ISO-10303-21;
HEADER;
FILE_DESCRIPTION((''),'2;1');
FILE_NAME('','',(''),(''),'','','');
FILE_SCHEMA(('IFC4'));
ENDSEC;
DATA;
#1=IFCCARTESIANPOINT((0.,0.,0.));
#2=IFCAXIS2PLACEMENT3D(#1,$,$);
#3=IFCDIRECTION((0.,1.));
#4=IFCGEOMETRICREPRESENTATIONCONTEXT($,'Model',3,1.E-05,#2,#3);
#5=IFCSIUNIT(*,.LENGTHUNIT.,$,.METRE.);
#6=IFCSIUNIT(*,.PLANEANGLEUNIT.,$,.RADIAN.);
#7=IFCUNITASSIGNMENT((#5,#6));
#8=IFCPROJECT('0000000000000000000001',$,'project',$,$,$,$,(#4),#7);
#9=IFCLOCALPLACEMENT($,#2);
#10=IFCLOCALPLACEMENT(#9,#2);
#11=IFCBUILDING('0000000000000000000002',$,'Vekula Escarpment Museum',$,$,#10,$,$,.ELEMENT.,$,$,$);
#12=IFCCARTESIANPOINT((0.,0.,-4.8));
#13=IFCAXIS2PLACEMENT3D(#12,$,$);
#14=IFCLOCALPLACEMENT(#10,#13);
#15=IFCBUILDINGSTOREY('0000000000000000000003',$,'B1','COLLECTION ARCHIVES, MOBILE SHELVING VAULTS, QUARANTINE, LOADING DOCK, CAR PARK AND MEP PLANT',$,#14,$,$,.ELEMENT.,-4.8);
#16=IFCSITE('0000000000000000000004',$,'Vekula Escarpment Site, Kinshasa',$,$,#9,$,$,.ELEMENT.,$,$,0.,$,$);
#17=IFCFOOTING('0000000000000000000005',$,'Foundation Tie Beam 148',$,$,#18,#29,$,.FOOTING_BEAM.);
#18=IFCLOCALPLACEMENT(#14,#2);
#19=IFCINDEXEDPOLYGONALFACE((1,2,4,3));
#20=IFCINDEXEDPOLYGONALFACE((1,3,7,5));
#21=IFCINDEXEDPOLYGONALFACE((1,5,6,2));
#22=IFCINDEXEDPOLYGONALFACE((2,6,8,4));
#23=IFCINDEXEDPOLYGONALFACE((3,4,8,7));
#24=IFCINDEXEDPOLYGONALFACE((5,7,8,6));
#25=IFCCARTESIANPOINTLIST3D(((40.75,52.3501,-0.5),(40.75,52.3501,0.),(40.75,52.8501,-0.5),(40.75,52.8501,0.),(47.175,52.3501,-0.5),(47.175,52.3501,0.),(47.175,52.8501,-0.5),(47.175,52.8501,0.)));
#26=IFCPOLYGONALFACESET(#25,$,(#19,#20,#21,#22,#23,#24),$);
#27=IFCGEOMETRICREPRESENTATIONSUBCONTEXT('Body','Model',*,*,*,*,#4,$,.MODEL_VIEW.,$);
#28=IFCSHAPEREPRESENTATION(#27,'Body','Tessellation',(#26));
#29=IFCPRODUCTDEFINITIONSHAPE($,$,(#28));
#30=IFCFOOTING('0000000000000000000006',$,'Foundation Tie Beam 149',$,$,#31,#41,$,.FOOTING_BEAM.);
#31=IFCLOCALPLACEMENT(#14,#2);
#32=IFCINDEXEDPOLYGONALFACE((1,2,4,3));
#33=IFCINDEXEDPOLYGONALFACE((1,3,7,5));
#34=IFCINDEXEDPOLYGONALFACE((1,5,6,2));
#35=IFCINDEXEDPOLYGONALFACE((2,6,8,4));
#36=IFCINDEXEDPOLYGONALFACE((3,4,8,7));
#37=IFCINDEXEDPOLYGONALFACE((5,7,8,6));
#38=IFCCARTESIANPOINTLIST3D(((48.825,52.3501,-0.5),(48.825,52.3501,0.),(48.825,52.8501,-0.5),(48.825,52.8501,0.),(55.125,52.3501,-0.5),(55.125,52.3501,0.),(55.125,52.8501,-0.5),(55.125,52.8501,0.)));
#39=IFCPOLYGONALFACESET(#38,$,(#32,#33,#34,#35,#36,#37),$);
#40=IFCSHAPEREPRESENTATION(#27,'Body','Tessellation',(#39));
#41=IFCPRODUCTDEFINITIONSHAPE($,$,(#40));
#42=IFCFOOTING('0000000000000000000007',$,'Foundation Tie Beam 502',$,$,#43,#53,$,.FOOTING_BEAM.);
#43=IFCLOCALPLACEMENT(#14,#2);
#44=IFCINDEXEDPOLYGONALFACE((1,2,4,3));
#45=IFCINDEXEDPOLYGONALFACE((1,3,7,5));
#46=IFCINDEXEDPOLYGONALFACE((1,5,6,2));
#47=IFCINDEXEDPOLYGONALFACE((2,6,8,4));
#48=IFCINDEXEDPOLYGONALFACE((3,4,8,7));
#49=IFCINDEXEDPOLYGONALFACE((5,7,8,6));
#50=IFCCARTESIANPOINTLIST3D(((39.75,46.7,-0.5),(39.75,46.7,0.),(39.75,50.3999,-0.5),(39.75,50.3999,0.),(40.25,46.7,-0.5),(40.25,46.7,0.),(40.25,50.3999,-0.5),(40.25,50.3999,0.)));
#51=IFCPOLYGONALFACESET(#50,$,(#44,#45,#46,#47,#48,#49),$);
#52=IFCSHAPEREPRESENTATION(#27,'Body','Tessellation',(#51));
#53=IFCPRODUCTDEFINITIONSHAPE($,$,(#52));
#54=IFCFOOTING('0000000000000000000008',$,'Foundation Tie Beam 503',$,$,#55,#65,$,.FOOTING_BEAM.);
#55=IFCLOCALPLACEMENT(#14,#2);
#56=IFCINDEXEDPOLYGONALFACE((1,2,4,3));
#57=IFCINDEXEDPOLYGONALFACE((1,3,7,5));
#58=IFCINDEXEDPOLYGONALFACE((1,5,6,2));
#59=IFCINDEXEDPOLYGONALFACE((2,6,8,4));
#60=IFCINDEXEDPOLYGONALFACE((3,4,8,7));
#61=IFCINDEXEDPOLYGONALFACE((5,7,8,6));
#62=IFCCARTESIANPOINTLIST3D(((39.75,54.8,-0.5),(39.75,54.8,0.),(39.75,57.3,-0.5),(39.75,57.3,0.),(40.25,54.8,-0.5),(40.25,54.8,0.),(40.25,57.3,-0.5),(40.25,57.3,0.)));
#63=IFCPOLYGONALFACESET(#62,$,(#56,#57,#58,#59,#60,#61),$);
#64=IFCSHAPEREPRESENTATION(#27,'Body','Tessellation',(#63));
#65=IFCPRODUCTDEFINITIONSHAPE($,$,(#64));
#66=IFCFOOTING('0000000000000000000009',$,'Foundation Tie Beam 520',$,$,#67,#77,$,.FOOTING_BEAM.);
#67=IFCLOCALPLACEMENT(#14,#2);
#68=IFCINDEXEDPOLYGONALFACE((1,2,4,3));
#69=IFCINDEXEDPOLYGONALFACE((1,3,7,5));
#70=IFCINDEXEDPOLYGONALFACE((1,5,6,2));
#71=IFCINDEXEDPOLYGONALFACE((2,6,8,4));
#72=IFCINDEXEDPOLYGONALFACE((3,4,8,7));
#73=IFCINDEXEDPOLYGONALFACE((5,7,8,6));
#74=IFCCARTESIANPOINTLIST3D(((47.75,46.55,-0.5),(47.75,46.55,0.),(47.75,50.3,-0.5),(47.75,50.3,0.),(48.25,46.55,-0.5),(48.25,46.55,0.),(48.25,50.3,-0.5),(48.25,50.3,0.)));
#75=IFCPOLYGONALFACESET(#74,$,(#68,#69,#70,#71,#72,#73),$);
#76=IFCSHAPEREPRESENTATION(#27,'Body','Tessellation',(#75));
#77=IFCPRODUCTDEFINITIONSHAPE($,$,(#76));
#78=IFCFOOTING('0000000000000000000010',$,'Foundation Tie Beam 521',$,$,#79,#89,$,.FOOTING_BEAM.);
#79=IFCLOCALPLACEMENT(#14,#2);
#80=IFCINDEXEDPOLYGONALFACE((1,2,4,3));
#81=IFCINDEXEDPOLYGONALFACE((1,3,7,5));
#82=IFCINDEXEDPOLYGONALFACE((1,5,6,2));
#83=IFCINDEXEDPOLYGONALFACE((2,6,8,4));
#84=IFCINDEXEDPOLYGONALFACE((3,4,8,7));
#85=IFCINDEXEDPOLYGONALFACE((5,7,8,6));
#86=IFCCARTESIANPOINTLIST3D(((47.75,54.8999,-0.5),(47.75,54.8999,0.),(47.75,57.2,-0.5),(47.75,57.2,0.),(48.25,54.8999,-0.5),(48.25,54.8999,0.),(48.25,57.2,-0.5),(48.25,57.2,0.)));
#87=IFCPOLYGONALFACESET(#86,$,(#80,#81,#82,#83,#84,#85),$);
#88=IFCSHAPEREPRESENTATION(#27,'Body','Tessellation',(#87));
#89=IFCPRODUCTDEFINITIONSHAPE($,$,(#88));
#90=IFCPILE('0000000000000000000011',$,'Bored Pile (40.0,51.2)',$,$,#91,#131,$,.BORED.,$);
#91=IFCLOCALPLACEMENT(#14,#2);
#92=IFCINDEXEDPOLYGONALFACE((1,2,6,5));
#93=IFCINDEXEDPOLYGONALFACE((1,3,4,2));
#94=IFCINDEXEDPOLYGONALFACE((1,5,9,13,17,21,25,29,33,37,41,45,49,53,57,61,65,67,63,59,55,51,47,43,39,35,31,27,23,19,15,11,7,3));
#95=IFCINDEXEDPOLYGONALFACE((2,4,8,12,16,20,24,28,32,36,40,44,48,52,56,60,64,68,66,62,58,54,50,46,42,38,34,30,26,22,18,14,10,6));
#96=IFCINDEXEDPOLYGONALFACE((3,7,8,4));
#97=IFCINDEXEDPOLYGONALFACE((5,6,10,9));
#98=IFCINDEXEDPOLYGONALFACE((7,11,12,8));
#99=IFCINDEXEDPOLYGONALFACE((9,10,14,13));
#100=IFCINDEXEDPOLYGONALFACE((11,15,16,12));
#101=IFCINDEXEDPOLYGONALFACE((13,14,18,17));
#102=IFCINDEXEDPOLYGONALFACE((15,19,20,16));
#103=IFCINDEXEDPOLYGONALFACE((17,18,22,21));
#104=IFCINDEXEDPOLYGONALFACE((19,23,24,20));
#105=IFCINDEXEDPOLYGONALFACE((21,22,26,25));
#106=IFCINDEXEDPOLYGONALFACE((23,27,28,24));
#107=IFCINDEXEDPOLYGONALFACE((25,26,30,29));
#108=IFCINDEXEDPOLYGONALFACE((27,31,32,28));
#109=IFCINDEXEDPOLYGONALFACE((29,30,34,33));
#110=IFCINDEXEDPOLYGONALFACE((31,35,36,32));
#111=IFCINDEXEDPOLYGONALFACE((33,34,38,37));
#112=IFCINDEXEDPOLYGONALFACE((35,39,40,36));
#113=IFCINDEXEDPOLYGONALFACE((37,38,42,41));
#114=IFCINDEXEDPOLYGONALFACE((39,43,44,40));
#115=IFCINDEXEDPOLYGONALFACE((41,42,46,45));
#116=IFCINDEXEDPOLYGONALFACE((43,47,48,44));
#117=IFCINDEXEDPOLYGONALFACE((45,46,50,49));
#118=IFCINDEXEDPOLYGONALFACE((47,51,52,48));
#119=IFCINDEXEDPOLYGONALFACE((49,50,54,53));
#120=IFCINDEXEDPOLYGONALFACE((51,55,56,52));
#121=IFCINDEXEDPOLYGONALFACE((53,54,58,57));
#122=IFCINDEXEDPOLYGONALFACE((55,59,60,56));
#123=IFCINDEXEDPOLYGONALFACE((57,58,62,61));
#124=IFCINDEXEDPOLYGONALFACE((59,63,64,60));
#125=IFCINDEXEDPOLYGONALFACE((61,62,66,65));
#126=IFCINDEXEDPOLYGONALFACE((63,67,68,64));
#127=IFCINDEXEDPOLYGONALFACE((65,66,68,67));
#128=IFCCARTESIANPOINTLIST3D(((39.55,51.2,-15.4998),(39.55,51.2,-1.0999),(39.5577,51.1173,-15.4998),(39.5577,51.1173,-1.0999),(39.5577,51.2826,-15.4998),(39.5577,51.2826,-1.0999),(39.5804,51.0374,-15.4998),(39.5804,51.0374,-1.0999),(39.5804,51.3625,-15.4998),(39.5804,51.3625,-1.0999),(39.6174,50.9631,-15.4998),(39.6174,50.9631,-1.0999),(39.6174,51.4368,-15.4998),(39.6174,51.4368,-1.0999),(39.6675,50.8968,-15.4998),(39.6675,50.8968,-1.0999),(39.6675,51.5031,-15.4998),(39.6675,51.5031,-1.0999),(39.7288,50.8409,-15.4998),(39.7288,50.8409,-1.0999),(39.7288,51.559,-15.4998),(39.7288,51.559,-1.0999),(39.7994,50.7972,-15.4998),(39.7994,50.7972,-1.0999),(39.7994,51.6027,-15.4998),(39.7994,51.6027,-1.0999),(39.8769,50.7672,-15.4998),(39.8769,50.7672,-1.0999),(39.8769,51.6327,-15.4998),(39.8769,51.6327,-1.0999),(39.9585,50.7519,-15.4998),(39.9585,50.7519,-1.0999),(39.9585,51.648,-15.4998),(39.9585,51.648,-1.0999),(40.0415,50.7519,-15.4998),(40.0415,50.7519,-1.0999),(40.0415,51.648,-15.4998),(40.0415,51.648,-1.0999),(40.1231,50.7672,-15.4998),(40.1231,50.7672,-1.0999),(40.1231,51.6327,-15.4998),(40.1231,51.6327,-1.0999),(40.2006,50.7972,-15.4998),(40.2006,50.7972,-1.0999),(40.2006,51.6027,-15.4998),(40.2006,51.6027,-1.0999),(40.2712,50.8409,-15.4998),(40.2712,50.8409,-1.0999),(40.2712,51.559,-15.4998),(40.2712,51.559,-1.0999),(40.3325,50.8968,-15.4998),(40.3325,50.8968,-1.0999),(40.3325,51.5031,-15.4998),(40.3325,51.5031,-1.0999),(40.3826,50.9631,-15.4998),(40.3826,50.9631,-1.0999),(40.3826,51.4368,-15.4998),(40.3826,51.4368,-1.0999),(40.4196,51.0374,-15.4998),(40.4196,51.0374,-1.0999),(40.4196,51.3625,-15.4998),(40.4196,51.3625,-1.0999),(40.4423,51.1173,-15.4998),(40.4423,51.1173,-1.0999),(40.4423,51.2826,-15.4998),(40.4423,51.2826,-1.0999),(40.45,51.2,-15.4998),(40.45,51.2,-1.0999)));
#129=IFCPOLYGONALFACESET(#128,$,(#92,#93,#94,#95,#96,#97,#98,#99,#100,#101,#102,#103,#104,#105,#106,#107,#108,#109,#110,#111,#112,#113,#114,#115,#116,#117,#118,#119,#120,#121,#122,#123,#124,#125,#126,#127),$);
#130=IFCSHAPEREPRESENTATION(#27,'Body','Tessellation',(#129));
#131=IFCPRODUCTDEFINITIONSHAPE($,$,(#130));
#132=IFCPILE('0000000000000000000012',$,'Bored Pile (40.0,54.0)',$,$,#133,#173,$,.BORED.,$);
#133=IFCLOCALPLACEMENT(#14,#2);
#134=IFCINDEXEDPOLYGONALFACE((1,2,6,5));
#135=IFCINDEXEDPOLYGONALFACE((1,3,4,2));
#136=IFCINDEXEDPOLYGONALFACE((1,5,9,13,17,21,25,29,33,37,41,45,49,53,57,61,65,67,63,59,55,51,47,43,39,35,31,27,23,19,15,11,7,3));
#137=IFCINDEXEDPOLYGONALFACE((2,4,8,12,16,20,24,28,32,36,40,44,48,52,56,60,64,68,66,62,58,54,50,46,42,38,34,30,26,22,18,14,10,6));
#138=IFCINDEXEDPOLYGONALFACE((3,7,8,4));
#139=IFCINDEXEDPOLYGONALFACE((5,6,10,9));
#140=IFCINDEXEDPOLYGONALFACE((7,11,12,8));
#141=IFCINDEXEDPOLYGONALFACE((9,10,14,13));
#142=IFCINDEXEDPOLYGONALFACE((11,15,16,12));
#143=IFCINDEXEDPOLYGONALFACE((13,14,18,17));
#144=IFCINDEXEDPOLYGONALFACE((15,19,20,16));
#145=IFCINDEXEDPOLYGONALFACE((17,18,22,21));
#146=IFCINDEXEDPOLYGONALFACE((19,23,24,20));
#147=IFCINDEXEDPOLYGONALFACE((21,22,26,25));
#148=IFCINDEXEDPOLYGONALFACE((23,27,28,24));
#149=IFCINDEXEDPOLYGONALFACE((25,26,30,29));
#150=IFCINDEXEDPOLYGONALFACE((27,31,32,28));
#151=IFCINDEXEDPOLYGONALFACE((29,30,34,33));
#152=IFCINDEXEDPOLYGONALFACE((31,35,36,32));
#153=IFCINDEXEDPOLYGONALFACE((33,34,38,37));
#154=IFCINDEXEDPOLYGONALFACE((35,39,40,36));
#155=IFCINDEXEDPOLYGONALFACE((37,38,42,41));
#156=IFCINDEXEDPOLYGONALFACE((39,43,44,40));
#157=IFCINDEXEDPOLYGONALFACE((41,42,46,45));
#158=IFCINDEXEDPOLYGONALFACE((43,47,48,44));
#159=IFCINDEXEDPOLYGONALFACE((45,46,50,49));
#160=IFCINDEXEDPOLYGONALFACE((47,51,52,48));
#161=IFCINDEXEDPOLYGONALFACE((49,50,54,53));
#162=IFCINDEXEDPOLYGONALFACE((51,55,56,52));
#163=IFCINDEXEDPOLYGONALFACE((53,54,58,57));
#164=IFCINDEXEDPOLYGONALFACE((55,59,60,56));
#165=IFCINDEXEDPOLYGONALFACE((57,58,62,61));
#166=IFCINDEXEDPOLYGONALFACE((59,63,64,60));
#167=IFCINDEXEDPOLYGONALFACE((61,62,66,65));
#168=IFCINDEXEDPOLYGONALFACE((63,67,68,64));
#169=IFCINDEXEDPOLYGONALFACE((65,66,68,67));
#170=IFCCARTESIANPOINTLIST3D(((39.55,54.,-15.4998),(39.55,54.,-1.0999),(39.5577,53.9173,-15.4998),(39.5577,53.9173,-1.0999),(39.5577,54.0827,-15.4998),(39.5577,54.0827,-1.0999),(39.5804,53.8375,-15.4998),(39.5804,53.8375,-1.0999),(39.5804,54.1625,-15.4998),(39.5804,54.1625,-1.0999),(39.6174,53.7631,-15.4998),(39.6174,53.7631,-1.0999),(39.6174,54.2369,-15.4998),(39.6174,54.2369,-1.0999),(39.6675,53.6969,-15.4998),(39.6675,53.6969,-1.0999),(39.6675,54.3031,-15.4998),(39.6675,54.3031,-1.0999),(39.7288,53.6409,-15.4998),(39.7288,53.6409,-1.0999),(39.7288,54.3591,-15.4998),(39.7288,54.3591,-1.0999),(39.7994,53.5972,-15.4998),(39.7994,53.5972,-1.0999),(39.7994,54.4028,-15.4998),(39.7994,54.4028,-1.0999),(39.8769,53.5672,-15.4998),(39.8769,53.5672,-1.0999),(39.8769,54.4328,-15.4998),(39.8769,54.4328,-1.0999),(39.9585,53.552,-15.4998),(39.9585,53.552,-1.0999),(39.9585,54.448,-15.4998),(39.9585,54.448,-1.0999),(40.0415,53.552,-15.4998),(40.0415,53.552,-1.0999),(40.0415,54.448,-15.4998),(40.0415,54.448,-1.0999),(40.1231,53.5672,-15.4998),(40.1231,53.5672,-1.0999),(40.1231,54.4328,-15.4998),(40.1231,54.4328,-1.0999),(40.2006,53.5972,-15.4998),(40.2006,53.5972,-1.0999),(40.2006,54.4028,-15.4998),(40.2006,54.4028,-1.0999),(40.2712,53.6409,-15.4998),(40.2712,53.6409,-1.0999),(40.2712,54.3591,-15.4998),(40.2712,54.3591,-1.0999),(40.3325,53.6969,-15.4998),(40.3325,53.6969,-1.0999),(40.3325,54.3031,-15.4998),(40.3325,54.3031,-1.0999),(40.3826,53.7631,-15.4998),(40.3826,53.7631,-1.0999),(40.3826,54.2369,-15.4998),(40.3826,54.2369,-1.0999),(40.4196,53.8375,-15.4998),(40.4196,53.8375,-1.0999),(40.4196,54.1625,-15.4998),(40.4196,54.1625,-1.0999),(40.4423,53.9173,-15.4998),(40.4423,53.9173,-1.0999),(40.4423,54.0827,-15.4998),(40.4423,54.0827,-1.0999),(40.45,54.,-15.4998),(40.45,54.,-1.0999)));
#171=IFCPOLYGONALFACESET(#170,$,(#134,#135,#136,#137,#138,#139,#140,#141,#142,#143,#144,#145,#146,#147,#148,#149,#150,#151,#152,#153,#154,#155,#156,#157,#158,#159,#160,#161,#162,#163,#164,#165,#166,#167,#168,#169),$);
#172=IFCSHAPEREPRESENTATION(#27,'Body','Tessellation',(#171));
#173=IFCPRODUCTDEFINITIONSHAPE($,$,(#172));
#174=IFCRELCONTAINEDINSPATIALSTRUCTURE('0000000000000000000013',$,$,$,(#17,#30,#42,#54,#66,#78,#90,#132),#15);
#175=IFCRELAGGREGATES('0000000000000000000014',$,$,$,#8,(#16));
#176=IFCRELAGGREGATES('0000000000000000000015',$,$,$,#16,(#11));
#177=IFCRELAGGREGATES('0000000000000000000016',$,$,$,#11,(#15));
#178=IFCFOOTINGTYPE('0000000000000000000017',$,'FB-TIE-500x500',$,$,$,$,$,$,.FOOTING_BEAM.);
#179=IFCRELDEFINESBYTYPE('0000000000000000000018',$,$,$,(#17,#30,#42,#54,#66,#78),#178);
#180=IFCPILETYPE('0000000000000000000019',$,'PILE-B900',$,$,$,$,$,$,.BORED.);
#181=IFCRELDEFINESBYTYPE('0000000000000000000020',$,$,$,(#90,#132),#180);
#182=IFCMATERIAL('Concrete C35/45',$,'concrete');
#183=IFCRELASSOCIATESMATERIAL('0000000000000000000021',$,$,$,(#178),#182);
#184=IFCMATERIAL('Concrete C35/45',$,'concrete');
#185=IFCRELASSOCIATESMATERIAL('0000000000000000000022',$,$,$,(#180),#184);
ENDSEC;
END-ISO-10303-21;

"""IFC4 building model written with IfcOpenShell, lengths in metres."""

from ifc_helpers import new_model, si_unit, direction, frame, origin, origin_2d, place, context, subcontext, project, spatial, rectangle, circle, extrude, material, material_profile, profile_set, type_object, element, save


model = new_model("IFC4")

# Units and contexts
model_context = context("Model", 3, precision=1e-05, world=origin(), true_north=direction((0.0, 1.0)))
body_context = subcontext(model_context, "Body", "Model", "MODEL_VIEW")
ifc_project = project(units=[si_unit("LENGTHUNIT", "METRE"), si_unit("PLANEANGLEUNIT", "RADIAN")], contexts=[model_context])

# Site, building, storey
site_placement = place(None, origin())
site = spatial("IfcSite", under=ifc_project, at=site_placement, Name="Vekula Escarpment Site, Kinshasa", CompositionType="ELEMENT", RefElevation=0.0)
building_placement = place(site_placement, origin())
building = spatial("IfcBuilding", under=site, at=building_placement, Name="Vekula Escarpment Museum", CompositionType="ELEMENT")
storey_placement = place(building_placement, frame((0.0, 0.0, -4.8)))
storey = spatial("IfcBuildingStorey", under=building, at=storey_placement, Name="B1", Description="COLLECTION ARCHIVES, MOBILE SHELVING VAULTS, QUARANTINE, LOADING DOCK, CAR PARK AND MEP PLANT", CompositionType="ELEMENT", Elevation=-4.8)

# Footings
ifc_material_1 = material(Name="Concrete C35/45", Category="concrete")
ifc_material_profile_1 = material_profile(ifc_material_1, rectangle(XDim=0.5, YDim=0.5, at=origin_2d()), Name="RC 500x500")
ifc_profile_set_1 = profile_set([ifc_material_profile_1], Name="Concrete C35/45")
footing_type = type_object("IfcFootingType", Name="FB-TIE-500x500", PredefinedType="FOOTING_BEAM", material=ifc_profile_set_1)
footing_1_placement = place(storey_placement, frame((40.75, 52.6001, -0.25), z_axis=(1.0, 0.0, 0.0), x_axis=(0.0, 1.0, 0.0)))
element("IfcFooting", 1, at=footing_1_placement, inside=storey, type_object=footing_type, Name="Foundation Tie Beam 148", PredefinedType="FOOTING_BEAM", context=body_context, shape_type="SweptSolid", body=[
    extrude(rectangle(XDim=0.5, YDim=0.5, at=origin_2d()), origin(), (0.0, 0.0, 1.0), 6.425),
])
footing_2_placement = place(storey_placement, frame((48.825, 52.6001, -0.25), z_axis=(1.0, 0.0, 0.0), x_axis=(0.0, 1.0, 0.0)))
element("IfcFooting", 2, at=footing_2_placement, inside=storey, type_object=footing_type, Name="Foundation Tie Beam 149", PredefinedType="FOOTING_BEAM", context=body_context, shape_type="SweptSolid", body=[
    extrude(rectangle(XDim=0.5, YDim=0.5, at=origin_2d()), origin(), (0.0, 0.0, 1.0), 6.3),
])
footing_3_placement = place(storey_placement, frame((40.0, 46.7, -0.25), z_axis=(0.0, 1.0, 0.0), x_axis=(-1.0, 0.0, 0.0)))
element("IfcFooting", 3, at=footing_3_placement, inside=storey, type_object=footing_type, Name="Foundation Tie Beam 502", PredefinedType="FOOTING_BEAM", context=body_context, shape_type="SweptSolid", body=[
    extrude(rectangle(XDim=0.5, YDim=0.5, at=origin_2d()), origin(), (0.0, 0.0, 1.0), 3.7),
])
footing_4_placement = place(storey_placement, frame((40.0, 54.8, -0.25), z_axis=(0.0, 1.0, 0.0), x_axis=(-1.0, 0.0, 0.0)))
element("IfcFooting", 4, at=footing_4_placement, inside=storey, type_object=footing_type, Name="Foundation Tie Beam 503", PredefinedType="FOOTING_BEAM", context=body_context, shape_type="SweptSolid", body=[
    extrude(rectangle(XDim=0.5, YDim=0.5, at=origin_2d()), origin(), (0.0, 0.0, 1.0), 2.5),
])
footing_5_placement = place(storey_placement, frame((48.0, 46.55, -0.25), z_axis=(0.0, 1.0, 0.0), x_axis=(-1.0, 0.0, 0.0)))
element("IfcFooting", 5, at=footing_5_placement, inside=storey, type_object=footing_type, Name="Foundation Tie Beam 520", PredefinedType="FOOTING_BEAM", context=body_context, shape_type="SweptSolid", body=[
    extrude(rectangle(XDim=0.5, YDim=0.5, at=origin_2d()), origin(), (0.0, 0.0, 1.0), 3.75),
])
footing_6_placement = place(storey_placement, frame((48.0, 54.8999, -0.25), z_axis=(0.0, 1.0, 0.0), x_axis=(-1.0, 0.0, 0.0)))
element("IfcFooting", 6, at=footing_6_placement, inside=storey, type_object=footing_type, Name="Foundation Tie Beam 521", PredefinedType="FOOTING_BEAM", context=body_context, shape_type="SweptSolid", body=[
    extrude(rectangle(XDim=0.5, YDim=0.5, at=origin_2d()), origin(), (0.0, 0.0, 1.0), 2.3),
])

# Piles
ifc_material_2 = material(Name="Concrete C35/45", Category="concrete")
ifc_material_profile_2 = material_profile(ifc_material_2, circle(Radius=0.45, at=origin_2d()), Name="BORED PILE 900")
ifc_profile_set_2 = profile_set([ifc_material_profile_2], Name="Concrete C35/45")
pile_type = type_object("IfcPileType", Name="PILE-B900", PredefinedType="BORED", material=ifc_profile_set_2)
for number, where, z_axis, x_axis, name in (
    (7, (40.0, 51.2, -1.0999), (0.0, 0.0, -1.0), (1.0, 0.0, 0.0), "Bored Pile (40.0,51.2)"),
    (8, (40.0, 54.0, -1.0999), (0.0, 0.0, -1.0), (1.0, 0.0, 0.0), "Bored Pile (40.0,54.0)"),
):
    element("IfcPile", number, at=place(storey_placement, frame(where, z_axis=z_axis, x_axis=x_axis)), inside=storey, type_object=pile_type, Name=name, PredefinedType="BORED", context=body_context, shape_type="SweptSolid", body=[
        extrude(circle(Radius=0.45, at=origin_2d()), origin(), (0.0, 0.0, 1.0), 14.3999),
    ])

save(model, "model.ifc")
